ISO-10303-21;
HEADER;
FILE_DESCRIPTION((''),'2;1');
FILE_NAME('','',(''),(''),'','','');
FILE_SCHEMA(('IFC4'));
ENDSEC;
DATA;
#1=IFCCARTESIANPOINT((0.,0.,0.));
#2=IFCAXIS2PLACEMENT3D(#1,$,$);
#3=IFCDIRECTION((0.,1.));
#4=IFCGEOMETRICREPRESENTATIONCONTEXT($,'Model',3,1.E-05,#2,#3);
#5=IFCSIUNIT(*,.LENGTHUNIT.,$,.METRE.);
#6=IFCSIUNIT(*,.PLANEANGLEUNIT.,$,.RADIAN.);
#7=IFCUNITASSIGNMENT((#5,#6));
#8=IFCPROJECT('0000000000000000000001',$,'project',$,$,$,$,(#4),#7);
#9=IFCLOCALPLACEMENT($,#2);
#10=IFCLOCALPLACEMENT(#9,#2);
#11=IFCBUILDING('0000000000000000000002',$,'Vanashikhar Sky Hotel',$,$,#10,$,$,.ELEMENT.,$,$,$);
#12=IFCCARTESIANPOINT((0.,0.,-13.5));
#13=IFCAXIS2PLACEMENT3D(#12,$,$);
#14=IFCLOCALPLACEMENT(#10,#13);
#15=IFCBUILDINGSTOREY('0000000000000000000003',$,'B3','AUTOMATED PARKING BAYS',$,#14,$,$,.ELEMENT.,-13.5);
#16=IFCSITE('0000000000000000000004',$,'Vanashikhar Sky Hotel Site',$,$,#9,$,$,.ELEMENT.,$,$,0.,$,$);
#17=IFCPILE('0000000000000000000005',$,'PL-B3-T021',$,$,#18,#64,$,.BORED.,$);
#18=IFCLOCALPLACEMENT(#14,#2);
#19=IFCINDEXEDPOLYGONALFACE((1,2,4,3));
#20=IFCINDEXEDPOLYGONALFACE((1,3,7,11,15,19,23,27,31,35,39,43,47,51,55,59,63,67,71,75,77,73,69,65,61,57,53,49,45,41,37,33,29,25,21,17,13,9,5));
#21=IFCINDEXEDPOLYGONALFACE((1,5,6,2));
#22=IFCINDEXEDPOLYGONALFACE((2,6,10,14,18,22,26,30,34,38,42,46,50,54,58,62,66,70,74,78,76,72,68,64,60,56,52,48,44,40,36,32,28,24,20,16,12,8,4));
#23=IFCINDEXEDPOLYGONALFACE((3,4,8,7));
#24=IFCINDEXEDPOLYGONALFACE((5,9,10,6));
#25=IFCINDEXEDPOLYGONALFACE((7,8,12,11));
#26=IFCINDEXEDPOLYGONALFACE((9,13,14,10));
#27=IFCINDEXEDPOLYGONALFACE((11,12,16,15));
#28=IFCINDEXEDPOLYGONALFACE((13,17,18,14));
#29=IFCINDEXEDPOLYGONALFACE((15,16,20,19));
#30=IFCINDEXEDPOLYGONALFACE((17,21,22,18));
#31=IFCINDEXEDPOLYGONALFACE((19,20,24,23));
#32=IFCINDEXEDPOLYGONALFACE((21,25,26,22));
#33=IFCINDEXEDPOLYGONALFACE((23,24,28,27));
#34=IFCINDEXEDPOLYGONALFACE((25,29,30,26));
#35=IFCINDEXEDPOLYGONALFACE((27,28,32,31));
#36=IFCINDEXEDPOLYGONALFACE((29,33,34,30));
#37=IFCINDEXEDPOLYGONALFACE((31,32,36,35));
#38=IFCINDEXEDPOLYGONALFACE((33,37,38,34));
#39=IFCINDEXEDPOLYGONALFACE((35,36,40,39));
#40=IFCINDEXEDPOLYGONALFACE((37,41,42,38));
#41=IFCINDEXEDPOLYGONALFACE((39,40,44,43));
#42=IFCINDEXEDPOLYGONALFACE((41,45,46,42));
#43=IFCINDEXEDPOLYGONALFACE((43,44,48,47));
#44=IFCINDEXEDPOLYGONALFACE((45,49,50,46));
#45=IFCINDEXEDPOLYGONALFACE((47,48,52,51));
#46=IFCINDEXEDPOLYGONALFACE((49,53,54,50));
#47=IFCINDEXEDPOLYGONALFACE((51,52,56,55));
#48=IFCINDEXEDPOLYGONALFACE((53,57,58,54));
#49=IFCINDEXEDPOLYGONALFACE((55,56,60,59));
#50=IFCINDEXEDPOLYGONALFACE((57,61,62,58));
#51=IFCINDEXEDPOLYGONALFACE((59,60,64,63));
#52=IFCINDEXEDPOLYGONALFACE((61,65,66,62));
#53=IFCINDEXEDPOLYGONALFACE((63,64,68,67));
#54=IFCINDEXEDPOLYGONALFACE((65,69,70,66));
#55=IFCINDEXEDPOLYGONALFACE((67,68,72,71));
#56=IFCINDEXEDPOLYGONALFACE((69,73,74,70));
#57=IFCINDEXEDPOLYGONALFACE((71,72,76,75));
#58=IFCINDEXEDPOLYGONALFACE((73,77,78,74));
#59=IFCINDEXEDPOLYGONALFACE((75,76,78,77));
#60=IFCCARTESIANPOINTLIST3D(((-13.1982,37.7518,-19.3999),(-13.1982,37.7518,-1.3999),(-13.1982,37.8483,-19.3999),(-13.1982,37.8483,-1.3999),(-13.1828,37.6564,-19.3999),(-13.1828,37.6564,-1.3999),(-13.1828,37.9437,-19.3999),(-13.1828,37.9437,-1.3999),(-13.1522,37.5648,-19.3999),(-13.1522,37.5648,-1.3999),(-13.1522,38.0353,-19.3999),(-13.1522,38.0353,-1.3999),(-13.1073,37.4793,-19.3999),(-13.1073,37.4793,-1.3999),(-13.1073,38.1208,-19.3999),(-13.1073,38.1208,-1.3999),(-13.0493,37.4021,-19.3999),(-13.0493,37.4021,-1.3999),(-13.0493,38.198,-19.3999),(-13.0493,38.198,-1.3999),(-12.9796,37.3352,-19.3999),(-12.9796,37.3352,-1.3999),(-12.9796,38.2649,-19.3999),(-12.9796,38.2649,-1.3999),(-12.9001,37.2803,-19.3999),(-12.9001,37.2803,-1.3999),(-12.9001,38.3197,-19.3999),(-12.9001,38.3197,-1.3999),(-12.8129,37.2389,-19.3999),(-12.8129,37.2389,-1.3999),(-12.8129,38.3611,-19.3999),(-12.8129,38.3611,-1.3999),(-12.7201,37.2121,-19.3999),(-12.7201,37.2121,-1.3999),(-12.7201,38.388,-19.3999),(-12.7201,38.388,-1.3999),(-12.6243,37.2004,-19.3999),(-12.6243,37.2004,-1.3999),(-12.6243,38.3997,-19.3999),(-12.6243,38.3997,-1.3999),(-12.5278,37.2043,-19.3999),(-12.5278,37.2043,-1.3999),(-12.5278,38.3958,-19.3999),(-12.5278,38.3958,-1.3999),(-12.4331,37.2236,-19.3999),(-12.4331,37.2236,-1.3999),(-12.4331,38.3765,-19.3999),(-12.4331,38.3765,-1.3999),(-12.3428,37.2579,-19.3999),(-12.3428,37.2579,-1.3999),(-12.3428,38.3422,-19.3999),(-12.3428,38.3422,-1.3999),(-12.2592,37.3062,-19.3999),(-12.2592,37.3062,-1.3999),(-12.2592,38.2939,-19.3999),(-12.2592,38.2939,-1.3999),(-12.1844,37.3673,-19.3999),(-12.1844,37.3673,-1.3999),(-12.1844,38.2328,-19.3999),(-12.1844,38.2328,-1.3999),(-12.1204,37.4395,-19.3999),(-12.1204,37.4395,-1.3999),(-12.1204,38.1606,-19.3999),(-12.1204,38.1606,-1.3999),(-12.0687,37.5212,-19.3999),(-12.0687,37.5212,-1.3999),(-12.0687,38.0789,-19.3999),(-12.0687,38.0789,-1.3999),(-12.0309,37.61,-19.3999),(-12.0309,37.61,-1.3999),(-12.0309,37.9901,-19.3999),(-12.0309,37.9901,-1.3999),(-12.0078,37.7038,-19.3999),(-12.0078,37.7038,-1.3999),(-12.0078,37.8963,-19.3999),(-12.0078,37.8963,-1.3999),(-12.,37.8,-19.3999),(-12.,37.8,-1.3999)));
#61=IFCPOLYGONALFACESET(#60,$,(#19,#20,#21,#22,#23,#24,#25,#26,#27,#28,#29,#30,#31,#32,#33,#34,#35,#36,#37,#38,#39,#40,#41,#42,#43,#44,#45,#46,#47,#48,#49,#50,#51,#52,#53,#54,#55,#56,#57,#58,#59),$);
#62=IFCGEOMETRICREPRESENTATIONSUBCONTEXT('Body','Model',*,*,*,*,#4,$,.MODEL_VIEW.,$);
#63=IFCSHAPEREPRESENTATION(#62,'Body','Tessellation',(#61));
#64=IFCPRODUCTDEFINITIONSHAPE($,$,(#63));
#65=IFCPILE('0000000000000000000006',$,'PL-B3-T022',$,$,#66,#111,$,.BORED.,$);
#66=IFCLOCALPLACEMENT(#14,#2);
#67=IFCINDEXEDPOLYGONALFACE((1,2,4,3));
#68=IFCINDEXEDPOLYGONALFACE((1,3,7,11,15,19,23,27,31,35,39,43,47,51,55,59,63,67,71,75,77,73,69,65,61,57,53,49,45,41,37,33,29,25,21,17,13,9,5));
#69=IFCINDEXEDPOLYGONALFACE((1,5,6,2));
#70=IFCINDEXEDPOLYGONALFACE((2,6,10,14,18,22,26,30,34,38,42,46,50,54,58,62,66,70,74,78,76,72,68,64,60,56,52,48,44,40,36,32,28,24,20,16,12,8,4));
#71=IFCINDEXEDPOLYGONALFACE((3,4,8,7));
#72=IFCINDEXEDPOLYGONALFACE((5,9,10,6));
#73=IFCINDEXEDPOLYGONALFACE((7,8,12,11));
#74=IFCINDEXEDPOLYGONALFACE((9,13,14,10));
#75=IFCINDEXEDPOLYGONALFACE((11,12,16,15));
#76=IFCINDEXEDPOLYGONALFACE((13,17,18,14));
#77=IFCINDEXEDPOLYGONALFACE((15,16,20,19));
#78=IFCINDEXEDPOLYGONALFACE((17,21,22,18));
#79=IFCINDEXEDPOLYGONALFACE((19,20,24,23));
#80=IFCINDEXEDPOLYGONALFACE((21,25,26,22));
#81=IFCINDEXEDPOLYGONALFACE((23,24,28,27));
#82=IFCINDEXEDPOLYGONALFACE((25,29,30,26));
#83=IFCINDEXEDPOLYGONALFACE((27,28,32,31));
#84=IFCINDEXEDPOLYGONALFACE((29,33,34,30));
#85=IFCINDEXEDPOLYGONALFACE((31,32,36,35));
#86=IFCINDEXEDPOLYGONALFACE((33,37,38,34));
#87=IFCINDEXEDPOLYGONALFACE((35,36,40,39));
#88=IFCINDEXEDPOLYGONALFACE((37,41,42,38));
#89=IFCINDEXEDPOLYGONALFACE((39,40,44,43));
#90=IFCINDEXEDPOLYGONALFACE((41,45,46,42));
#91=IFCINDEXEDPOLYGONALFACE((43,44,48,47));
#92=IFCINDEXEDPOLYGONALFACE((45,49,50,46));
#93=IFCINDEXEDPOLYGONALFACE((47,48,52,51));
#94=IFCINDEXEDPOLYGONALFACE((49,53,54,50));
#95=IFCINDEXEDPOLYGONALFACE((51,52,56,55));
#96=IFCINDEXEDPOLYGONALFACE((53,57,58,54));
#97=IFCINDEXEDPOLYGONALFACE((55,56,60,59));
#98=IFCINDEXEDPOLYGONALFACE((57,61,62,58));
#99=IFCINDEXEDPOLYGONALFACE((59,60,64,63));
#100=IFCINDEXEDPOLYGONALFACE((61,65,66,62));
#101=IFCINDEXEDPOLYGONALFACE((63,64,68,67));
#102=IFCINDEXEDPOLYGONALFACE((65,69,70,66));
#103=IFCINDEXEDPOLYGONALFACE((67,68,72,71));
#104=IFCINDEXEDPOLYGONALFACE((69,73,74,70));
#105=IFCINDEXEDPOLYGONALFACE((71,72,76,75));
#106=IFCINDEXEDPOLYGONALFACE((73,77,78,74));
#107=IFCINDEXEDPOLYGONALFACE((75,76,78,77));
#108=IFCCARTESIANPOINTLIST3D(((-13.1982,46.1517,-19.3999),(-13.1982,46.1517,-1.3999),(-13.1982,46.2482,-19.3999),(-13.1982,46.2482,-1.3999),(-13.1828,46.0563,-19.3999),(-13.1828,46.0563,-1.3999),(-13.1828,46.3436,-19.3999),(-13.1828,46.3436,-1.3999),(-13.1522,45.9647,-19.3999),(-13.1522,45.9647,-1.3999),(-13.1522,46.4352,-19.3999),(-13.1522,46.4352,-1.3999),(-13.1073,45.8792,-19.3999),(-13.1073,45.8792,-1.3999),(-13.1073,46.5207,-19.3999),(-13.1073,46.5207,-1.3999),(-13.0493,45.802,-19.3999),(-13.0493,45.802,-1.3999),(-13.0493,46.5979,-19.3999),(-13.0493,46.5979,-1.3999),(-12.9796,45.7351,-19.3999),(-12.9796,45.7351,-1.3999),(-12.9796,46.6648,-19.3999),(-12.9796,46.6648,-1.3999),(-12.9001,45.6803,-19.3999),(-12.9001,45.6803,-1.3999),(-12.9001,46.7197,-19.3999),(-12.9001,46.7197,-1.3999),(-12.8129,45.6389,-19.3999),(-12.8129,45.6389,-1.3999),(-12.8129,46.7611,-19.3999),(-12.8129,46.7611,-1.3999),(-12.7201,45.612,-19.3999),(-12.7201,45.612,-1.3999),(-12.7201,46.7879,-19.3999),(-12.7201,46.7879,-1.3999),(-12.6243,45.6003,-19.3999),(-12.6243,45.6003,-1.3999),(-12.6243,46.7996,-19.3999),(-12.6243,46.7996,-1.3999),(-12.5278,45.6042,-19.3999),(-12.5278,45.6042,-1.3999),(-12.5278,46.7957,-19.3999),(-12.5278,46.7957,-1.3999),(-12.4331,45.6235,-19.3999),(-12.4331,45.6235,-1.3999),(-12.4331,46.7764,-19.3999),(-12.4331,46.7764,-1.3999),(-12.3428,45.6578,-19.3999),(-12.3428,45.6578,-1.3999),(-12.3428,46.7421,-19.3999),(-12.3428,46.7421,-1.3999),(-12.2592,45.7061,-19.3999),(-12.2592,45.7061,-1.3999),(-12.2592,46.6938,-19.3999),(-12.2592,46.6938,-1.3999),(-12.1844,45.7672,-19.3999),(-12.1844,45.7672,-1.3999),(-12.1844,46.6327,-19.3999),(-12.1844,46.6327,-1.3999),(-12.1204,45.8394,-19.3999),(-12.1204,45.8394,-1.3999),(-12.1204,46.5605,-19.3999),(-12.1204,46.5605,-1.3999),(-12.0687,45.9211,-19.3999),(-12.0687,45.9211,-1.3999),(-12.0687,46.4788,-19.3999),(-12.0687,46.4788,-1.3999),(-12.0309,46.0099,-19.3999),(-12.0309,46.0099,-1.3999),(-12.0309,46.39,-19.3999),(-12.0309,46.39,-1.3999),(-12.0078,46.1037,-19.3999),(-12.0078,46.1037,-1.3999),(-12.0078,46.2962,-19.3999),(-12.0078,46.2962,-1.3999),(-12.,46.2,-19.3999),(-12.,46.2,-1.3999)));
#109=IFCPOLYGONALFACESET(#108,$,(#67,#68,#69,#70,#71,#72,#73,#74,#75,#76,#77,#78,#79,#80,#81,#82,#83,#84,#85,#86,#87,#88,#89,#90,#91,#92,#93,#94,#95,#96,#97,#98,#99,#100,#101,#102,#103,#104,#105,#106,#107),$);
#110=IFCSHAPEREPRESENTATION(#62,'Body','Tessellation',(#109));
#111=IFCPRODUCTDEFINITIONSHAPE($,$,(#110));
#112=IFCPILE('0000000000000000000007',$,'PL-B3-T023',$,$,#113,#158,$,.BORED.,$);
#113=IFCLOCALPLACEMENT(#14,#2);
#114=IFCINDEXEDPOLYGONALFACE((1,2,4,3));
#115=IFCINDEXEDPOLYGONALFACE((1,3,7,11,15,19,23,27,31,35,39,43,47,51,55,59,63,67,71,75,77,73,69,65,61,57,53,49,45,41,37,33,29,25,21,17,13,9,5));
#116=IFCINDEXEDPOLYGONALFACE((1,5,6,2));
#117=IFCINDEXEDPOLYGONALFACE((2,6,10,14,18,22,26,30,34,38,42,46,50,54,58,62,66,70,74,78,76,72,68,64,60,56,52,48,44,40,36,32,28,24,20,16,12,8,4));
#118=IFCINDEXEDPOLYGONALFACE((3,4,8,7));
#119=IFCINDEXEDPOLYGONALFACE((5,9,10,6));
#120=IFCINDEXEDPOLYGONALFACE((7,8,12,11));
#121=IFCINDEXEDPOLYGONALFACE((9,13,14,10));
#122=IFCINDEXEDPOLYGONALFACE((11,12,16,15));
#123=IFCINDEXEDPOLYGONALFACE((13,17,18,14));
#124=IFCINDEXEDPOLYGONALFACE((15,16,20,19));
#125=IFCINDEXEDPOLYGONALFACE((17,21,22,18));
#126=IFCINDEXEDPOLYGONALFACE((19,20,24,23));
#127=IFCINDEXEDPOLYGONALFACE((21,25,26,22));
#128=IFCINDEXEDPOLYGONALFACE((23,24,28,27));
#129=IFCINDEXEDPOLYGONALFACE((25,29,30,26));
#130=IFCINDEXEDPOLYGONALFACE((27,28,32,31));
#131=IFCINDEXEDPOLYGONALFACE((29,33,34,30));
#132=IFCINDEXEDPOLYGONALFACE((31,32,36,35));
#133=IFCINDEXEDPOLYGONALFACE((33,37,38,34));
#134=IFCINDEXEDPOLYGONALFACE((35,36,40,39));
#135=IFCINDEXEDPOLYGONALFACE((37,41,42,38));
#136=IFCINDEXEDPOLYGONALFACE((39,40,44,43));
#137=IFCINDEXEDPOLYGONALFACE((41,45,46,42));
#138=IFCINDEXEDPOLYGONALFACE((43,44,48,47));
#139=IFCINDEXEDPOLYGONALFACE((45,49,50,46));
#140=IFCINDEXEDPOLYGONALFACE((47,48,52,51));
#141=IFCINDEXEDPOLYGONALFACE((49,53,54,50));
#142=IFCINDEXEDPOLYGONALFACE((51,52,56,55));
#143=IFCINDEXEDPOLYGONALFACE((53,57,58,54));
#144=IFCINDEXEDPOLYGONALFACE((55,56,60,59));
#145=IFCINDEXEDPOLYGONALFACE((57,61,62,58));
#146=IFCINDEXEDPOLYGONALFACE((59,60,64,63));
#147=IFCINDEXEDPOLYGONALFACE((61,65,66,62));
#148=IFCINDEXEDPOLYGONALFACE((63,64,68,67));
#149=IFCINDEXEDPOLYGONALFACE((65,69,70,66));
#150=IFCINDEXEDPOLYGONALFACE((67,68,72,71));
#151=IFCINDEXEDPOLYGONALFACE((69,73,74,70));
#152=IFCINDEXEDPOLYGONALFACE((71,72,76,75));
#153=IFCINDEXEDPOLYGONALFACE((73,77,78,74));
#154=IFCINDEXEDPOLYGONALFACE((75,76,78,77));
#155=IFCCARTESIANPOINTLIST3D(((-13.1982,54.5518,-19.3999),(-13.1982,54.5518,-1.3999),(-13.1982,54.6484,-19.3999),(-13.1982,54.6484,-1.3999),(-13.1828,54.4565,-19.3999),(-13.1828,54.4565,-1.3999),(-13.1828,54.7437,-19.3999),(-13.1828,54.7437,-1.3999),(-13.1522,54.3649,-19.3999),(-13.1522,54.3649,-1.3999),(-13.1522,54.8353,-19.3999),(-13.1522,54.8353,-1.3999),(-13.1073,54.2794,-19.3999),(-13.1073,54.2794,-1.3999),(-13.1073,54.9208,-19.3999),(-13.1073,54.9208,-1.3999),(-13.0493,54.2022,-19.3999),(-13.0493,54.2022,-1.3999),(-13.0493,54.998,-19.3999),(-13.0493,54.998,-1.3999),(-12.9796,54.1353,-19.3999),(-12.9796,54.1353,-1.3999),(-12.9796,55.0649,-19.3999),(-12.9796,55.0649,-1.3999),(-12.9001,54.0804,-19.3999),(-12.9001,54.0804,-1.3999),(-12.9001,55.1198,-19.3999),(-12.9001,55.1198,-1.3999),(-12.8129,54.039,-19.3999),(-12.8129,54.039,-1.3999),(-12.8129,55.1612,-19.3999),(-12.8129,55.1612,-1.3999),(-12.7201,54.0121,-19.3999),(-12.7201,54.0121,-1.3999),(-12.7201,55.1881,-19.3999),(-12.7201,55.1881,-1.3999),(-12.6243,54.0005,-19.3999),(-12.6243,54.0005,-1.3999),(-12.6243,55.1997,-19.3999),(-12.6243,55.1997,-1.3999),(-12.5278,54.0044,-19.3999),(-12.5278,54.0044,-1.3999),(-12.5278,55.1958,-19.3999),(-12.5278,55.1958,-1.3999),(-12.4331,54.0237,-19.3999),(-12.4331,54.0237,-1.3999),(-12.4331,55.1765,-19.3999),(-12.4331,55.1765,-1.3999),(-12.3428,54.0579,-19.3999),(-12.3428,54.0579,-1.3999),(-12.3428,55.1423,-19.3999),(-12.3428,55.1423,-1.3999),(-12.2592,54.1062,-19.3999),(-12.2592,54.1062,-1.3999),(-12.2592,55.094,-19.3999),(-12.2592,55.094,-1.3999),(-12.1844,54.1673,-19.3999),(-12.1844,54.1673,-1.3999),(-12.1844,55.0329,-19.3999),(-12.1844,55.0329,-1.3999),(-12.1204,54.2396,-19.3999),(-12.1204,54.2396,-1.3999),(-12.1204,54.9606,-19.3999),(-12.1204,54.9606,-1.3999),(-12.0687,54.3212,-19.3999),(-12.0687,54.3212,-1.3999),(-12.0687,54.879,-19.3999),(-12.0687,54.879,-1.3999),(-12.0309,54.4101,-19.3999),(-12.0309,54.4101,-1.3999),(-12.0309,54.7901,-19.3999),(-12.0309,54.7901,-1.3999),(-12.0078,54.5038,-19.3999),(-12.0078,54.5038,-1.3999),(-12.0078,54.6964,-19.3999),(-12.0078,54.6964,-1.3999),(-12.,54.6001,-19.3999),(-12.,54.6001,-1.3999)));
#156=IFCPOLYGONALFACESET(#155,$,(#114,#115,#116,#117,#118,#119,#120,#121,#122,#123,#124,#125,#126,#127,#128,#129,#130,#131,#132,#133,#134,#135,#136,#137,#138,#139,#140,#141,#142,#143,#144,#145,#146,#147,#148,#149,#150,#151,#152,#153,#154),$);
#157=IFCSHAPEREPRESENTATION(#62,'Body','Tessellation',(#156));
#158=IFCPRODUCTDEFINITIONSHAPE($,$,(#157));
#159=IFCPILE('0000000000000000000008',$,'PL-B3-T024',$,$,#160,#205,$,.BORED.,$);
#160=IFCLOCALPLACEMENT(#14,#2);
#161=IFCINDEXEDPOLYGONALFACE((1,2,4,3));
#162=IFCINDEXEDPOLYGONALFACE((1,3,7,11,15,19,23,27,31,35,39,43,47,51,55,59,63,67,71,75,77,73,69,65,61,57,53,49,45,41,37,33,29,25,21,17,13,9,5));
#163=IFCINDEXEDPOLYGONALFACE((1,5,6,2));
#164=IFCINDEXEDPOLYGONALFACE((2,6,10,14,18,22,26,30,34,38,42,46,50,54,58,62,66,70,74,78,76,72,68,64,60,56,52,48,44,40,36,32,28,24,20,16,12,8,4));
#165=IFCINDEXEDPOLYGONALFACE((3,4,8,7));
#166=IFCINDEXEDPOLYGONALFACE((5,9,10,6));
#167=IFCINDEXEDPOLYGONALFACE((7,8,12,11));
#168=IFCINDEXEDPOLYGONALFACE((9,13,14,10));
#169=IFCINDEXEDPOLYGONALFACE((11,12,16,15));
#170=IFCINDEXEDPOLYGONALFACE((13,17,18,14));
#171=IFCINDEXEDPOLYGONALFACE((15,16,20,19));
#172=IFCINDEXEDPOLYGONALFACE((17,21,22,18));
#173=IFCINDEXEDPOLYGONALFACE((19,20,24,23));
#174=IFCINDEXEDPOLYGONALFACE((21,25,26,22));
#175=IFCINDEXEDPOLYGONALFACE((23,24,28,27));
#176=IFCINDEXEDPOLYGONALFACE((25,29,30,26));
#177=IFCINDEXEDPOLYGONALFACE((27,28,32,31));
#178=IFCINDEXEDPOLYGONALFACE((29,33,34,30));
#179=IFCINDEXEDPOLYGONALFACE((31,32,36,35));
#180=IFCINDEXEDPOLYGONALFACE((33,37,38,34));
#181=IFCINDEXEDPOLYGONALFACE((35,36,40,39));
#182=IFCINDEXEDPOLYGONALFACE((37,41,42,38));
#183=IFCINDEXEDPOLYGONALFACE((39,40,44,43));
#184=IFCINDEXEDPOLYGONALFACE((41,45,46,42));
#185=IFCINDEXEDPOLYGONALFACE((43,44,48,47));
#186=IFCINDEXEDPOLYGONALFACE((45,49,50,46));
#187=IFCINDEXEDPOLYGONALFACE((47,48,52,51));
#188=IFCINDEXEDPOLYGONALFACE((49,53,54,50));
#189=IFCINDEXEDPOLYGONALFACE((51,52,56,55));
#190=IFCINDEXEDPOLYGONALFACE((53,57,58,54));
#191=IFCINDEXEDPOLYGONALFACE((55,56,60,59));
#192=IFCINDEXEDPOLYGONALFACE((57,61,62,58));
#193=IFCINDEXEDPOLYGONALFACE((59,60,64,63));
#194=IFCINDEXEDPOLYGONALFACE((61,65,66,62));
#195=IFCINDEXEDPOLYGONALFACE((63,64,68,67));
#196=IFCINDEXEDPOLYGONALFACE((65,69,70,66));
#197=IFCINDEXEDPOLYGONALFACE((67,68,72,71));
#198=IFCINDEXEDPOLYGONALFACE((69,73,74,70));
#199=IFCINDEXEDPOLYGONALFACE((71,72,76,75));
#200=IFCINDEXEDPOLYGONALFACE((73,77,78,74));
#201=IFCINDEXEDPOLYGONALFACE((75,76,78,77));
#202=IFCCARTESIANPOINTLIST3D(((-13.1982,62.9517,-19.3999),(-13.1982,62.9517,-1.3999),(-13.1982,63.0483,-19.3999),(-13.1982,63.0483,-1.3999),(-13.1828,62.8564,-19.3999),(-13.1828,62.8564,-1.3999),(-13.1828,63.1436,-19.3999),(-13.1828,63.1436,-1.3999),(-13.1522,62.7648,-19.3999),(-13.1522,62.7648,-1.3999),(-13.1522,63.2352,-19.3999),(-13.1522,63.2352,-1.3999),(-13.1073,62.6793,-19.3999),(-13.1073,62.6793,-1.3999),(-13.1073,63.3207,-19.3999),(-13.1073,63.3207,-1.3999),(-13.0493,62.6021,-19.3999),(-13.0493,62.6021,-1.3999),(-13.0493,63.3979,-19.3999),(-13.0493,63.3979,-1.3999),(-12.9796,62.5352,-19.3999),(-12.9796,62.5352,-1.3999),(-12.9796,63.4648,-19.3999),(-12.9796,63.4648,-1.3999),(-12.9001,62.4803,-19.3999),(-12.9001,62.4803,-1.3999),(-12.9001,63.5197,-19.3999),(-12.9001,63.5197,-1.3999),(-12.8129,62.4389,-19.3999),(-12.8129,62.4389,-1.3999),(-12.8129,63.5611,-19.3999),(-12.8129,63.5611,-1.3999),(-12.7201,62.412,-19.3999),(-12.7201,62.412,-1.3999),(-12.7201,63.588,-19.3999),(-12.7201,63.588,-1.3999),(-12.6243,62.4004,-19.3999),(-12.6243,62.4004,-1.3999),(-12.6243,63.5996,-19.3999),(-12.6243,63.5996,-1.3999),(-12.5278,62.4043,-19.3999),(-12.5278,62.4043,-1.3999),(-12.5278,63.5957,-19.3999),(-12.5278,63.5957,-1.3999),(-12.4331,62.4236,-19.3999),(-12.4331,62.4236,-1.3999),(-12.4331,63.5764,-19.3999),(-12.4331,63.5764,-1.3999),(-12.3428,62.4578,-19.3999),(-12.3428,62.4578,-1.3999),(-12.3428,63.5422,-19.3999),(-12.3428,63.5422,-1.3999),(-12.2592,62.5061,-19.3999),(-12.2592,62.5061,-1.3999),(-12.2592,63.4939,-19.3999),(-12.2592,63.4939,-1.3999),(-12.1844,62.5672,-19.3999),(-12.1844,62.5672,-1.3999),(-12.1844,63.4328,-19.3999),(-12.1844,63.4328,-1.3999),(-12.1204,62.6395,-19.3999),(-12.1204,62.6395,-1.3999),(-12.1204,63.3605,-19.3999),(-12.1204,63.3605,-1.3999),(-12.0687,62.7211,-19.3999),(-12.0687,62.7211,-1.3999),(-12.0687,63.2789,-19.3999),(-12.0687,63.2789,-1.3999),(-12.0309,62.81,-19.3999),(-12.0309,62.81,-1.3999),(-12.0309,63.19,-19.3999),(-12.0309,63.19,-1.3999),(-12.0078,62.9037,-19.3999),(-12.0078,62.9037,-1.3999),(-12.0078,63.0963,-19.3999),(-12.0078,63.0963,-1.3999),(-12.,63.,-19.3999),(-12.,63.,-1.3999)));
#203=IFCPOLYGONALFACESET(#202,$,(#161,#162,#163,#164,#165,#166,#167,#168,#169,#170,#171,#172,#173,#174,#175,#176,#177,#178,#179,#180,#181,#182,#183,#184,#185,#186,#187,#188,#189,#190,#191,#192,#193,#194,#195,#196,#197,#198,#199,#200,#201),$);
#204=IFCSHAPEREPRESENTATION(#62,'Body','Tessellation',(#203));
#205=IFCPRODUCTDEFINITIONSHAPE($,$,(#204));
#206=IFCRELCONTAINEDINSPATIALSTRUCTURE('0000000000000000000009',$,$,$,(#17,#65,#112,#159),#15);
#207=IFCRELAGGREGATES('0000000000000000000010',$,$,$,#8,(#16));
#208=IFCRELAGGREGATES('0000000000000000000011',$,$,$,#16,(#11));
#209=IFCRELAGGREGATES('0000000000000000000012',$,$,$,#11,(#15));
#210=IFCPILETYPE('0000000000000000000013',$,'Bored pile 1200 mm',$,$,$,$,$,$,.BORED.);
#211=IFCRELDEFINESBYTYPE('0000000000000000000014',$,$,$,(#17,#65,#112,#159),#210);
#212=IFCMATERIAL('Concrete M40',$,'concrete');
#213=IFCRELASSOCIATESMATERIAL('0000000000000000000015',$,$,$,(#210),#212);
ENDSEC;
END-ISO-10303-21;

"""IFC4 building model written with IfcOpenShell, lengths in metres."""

from ifc_helpers import new_model, si_unit, direction, frame, origin, origin_2d, place, context, subcontext, project, spatial, circle, extrude, source, transform, mapped, material, type_object, element, save


model = new_model("IFC4")

# Units and contexts
model_context = context("Model", 3, precision=1e-05, world=origin(), true_north=direction((0.0, 1.0)))
body_context = subcontext(model_context, "Body", "Model", "MODEL_VIEW")
ifc_project = project(units=[si_unit("LENGTHUNIT", "METRE"), si_unit("PLANEANGLEUNIT", "RADIAN")], contexts=[model_context])

# Site, building, storey
site_placement = place(None, origin())
site = spatial("IfcSite", under=ifc_project, at=site_placement, Name="Vanashikhar Sky Hotel Site", CompositionType="ELEMENT", RefElevation=0.0)
building_placement = place(site_placement, origin())
building = spatial("IfcBuilding", under=site, at=building_placement, Name="Vanashikhar Sky Hotel", CompositionType="ELEMENT")
storey_placement = place(building_placement, frame((0.0, 0.0, -13.5)))
storey = spatial("IfcBuildingStorey", under=building, at=storey_placement, Name="B3", Description="AUTOMATED PARKING BAYS", CompositionType="ELEMENT", Elevation=-13.5)

# Piles
ifc_material_1 = material(Name="Concrete M40", Category="concrete")
pile_type_1 = type_object("IfcPileType", Name="Bored pile 1200 mm", PredefinedType="BORED", material=ifc_material_1)
shared_shape_1 = source(origin(), body_context, "Body", "SweptSolid", [
    extrude(circle(Radius=0.6001, at=origin_2d()), origin(), (0.0, 0.0, 1.0), 18.0),
])
for number, where, z_axis, x_axis, name in (
    (1, (-12.6001, 37.8, -1.3999), (0.0, 0.0, -1.0), (1.0, 0.0, 0.0), "PL-B3-T021"),
    (2, (-12.6001, 46.2, -1.3999), (0.0, 0.0, -1.0), (1.0, 0.0, 0.0), "PL-B3-T022"),
    (3, (-12.6001, 54.6001, -1.3999), (0.0, 0.0, -1.0), (1.0, 0.0, 0.0), "PL-B3-T023"),
    (4, (-12.6001, 63.0, -1.3999), (0.0, 0.0, -1.0), (1.0, 0.0, 0.0), "PL-B3-T024"),
):
    element("IfcPile", number, at=place(storey_placement, frame(where, z_axis=z_axis, x_axis=x_axis)), inside=storey, type_object=pile_type_1, Name=name, PredefinedType="BORED", context=body_context, shape_type="MappedRepresentation", body=[
        mapped(shared_shape_1, transform((0.0, 0.0, 0.0), scale=1.0)),
    ])

save(model, "model.ifc")
